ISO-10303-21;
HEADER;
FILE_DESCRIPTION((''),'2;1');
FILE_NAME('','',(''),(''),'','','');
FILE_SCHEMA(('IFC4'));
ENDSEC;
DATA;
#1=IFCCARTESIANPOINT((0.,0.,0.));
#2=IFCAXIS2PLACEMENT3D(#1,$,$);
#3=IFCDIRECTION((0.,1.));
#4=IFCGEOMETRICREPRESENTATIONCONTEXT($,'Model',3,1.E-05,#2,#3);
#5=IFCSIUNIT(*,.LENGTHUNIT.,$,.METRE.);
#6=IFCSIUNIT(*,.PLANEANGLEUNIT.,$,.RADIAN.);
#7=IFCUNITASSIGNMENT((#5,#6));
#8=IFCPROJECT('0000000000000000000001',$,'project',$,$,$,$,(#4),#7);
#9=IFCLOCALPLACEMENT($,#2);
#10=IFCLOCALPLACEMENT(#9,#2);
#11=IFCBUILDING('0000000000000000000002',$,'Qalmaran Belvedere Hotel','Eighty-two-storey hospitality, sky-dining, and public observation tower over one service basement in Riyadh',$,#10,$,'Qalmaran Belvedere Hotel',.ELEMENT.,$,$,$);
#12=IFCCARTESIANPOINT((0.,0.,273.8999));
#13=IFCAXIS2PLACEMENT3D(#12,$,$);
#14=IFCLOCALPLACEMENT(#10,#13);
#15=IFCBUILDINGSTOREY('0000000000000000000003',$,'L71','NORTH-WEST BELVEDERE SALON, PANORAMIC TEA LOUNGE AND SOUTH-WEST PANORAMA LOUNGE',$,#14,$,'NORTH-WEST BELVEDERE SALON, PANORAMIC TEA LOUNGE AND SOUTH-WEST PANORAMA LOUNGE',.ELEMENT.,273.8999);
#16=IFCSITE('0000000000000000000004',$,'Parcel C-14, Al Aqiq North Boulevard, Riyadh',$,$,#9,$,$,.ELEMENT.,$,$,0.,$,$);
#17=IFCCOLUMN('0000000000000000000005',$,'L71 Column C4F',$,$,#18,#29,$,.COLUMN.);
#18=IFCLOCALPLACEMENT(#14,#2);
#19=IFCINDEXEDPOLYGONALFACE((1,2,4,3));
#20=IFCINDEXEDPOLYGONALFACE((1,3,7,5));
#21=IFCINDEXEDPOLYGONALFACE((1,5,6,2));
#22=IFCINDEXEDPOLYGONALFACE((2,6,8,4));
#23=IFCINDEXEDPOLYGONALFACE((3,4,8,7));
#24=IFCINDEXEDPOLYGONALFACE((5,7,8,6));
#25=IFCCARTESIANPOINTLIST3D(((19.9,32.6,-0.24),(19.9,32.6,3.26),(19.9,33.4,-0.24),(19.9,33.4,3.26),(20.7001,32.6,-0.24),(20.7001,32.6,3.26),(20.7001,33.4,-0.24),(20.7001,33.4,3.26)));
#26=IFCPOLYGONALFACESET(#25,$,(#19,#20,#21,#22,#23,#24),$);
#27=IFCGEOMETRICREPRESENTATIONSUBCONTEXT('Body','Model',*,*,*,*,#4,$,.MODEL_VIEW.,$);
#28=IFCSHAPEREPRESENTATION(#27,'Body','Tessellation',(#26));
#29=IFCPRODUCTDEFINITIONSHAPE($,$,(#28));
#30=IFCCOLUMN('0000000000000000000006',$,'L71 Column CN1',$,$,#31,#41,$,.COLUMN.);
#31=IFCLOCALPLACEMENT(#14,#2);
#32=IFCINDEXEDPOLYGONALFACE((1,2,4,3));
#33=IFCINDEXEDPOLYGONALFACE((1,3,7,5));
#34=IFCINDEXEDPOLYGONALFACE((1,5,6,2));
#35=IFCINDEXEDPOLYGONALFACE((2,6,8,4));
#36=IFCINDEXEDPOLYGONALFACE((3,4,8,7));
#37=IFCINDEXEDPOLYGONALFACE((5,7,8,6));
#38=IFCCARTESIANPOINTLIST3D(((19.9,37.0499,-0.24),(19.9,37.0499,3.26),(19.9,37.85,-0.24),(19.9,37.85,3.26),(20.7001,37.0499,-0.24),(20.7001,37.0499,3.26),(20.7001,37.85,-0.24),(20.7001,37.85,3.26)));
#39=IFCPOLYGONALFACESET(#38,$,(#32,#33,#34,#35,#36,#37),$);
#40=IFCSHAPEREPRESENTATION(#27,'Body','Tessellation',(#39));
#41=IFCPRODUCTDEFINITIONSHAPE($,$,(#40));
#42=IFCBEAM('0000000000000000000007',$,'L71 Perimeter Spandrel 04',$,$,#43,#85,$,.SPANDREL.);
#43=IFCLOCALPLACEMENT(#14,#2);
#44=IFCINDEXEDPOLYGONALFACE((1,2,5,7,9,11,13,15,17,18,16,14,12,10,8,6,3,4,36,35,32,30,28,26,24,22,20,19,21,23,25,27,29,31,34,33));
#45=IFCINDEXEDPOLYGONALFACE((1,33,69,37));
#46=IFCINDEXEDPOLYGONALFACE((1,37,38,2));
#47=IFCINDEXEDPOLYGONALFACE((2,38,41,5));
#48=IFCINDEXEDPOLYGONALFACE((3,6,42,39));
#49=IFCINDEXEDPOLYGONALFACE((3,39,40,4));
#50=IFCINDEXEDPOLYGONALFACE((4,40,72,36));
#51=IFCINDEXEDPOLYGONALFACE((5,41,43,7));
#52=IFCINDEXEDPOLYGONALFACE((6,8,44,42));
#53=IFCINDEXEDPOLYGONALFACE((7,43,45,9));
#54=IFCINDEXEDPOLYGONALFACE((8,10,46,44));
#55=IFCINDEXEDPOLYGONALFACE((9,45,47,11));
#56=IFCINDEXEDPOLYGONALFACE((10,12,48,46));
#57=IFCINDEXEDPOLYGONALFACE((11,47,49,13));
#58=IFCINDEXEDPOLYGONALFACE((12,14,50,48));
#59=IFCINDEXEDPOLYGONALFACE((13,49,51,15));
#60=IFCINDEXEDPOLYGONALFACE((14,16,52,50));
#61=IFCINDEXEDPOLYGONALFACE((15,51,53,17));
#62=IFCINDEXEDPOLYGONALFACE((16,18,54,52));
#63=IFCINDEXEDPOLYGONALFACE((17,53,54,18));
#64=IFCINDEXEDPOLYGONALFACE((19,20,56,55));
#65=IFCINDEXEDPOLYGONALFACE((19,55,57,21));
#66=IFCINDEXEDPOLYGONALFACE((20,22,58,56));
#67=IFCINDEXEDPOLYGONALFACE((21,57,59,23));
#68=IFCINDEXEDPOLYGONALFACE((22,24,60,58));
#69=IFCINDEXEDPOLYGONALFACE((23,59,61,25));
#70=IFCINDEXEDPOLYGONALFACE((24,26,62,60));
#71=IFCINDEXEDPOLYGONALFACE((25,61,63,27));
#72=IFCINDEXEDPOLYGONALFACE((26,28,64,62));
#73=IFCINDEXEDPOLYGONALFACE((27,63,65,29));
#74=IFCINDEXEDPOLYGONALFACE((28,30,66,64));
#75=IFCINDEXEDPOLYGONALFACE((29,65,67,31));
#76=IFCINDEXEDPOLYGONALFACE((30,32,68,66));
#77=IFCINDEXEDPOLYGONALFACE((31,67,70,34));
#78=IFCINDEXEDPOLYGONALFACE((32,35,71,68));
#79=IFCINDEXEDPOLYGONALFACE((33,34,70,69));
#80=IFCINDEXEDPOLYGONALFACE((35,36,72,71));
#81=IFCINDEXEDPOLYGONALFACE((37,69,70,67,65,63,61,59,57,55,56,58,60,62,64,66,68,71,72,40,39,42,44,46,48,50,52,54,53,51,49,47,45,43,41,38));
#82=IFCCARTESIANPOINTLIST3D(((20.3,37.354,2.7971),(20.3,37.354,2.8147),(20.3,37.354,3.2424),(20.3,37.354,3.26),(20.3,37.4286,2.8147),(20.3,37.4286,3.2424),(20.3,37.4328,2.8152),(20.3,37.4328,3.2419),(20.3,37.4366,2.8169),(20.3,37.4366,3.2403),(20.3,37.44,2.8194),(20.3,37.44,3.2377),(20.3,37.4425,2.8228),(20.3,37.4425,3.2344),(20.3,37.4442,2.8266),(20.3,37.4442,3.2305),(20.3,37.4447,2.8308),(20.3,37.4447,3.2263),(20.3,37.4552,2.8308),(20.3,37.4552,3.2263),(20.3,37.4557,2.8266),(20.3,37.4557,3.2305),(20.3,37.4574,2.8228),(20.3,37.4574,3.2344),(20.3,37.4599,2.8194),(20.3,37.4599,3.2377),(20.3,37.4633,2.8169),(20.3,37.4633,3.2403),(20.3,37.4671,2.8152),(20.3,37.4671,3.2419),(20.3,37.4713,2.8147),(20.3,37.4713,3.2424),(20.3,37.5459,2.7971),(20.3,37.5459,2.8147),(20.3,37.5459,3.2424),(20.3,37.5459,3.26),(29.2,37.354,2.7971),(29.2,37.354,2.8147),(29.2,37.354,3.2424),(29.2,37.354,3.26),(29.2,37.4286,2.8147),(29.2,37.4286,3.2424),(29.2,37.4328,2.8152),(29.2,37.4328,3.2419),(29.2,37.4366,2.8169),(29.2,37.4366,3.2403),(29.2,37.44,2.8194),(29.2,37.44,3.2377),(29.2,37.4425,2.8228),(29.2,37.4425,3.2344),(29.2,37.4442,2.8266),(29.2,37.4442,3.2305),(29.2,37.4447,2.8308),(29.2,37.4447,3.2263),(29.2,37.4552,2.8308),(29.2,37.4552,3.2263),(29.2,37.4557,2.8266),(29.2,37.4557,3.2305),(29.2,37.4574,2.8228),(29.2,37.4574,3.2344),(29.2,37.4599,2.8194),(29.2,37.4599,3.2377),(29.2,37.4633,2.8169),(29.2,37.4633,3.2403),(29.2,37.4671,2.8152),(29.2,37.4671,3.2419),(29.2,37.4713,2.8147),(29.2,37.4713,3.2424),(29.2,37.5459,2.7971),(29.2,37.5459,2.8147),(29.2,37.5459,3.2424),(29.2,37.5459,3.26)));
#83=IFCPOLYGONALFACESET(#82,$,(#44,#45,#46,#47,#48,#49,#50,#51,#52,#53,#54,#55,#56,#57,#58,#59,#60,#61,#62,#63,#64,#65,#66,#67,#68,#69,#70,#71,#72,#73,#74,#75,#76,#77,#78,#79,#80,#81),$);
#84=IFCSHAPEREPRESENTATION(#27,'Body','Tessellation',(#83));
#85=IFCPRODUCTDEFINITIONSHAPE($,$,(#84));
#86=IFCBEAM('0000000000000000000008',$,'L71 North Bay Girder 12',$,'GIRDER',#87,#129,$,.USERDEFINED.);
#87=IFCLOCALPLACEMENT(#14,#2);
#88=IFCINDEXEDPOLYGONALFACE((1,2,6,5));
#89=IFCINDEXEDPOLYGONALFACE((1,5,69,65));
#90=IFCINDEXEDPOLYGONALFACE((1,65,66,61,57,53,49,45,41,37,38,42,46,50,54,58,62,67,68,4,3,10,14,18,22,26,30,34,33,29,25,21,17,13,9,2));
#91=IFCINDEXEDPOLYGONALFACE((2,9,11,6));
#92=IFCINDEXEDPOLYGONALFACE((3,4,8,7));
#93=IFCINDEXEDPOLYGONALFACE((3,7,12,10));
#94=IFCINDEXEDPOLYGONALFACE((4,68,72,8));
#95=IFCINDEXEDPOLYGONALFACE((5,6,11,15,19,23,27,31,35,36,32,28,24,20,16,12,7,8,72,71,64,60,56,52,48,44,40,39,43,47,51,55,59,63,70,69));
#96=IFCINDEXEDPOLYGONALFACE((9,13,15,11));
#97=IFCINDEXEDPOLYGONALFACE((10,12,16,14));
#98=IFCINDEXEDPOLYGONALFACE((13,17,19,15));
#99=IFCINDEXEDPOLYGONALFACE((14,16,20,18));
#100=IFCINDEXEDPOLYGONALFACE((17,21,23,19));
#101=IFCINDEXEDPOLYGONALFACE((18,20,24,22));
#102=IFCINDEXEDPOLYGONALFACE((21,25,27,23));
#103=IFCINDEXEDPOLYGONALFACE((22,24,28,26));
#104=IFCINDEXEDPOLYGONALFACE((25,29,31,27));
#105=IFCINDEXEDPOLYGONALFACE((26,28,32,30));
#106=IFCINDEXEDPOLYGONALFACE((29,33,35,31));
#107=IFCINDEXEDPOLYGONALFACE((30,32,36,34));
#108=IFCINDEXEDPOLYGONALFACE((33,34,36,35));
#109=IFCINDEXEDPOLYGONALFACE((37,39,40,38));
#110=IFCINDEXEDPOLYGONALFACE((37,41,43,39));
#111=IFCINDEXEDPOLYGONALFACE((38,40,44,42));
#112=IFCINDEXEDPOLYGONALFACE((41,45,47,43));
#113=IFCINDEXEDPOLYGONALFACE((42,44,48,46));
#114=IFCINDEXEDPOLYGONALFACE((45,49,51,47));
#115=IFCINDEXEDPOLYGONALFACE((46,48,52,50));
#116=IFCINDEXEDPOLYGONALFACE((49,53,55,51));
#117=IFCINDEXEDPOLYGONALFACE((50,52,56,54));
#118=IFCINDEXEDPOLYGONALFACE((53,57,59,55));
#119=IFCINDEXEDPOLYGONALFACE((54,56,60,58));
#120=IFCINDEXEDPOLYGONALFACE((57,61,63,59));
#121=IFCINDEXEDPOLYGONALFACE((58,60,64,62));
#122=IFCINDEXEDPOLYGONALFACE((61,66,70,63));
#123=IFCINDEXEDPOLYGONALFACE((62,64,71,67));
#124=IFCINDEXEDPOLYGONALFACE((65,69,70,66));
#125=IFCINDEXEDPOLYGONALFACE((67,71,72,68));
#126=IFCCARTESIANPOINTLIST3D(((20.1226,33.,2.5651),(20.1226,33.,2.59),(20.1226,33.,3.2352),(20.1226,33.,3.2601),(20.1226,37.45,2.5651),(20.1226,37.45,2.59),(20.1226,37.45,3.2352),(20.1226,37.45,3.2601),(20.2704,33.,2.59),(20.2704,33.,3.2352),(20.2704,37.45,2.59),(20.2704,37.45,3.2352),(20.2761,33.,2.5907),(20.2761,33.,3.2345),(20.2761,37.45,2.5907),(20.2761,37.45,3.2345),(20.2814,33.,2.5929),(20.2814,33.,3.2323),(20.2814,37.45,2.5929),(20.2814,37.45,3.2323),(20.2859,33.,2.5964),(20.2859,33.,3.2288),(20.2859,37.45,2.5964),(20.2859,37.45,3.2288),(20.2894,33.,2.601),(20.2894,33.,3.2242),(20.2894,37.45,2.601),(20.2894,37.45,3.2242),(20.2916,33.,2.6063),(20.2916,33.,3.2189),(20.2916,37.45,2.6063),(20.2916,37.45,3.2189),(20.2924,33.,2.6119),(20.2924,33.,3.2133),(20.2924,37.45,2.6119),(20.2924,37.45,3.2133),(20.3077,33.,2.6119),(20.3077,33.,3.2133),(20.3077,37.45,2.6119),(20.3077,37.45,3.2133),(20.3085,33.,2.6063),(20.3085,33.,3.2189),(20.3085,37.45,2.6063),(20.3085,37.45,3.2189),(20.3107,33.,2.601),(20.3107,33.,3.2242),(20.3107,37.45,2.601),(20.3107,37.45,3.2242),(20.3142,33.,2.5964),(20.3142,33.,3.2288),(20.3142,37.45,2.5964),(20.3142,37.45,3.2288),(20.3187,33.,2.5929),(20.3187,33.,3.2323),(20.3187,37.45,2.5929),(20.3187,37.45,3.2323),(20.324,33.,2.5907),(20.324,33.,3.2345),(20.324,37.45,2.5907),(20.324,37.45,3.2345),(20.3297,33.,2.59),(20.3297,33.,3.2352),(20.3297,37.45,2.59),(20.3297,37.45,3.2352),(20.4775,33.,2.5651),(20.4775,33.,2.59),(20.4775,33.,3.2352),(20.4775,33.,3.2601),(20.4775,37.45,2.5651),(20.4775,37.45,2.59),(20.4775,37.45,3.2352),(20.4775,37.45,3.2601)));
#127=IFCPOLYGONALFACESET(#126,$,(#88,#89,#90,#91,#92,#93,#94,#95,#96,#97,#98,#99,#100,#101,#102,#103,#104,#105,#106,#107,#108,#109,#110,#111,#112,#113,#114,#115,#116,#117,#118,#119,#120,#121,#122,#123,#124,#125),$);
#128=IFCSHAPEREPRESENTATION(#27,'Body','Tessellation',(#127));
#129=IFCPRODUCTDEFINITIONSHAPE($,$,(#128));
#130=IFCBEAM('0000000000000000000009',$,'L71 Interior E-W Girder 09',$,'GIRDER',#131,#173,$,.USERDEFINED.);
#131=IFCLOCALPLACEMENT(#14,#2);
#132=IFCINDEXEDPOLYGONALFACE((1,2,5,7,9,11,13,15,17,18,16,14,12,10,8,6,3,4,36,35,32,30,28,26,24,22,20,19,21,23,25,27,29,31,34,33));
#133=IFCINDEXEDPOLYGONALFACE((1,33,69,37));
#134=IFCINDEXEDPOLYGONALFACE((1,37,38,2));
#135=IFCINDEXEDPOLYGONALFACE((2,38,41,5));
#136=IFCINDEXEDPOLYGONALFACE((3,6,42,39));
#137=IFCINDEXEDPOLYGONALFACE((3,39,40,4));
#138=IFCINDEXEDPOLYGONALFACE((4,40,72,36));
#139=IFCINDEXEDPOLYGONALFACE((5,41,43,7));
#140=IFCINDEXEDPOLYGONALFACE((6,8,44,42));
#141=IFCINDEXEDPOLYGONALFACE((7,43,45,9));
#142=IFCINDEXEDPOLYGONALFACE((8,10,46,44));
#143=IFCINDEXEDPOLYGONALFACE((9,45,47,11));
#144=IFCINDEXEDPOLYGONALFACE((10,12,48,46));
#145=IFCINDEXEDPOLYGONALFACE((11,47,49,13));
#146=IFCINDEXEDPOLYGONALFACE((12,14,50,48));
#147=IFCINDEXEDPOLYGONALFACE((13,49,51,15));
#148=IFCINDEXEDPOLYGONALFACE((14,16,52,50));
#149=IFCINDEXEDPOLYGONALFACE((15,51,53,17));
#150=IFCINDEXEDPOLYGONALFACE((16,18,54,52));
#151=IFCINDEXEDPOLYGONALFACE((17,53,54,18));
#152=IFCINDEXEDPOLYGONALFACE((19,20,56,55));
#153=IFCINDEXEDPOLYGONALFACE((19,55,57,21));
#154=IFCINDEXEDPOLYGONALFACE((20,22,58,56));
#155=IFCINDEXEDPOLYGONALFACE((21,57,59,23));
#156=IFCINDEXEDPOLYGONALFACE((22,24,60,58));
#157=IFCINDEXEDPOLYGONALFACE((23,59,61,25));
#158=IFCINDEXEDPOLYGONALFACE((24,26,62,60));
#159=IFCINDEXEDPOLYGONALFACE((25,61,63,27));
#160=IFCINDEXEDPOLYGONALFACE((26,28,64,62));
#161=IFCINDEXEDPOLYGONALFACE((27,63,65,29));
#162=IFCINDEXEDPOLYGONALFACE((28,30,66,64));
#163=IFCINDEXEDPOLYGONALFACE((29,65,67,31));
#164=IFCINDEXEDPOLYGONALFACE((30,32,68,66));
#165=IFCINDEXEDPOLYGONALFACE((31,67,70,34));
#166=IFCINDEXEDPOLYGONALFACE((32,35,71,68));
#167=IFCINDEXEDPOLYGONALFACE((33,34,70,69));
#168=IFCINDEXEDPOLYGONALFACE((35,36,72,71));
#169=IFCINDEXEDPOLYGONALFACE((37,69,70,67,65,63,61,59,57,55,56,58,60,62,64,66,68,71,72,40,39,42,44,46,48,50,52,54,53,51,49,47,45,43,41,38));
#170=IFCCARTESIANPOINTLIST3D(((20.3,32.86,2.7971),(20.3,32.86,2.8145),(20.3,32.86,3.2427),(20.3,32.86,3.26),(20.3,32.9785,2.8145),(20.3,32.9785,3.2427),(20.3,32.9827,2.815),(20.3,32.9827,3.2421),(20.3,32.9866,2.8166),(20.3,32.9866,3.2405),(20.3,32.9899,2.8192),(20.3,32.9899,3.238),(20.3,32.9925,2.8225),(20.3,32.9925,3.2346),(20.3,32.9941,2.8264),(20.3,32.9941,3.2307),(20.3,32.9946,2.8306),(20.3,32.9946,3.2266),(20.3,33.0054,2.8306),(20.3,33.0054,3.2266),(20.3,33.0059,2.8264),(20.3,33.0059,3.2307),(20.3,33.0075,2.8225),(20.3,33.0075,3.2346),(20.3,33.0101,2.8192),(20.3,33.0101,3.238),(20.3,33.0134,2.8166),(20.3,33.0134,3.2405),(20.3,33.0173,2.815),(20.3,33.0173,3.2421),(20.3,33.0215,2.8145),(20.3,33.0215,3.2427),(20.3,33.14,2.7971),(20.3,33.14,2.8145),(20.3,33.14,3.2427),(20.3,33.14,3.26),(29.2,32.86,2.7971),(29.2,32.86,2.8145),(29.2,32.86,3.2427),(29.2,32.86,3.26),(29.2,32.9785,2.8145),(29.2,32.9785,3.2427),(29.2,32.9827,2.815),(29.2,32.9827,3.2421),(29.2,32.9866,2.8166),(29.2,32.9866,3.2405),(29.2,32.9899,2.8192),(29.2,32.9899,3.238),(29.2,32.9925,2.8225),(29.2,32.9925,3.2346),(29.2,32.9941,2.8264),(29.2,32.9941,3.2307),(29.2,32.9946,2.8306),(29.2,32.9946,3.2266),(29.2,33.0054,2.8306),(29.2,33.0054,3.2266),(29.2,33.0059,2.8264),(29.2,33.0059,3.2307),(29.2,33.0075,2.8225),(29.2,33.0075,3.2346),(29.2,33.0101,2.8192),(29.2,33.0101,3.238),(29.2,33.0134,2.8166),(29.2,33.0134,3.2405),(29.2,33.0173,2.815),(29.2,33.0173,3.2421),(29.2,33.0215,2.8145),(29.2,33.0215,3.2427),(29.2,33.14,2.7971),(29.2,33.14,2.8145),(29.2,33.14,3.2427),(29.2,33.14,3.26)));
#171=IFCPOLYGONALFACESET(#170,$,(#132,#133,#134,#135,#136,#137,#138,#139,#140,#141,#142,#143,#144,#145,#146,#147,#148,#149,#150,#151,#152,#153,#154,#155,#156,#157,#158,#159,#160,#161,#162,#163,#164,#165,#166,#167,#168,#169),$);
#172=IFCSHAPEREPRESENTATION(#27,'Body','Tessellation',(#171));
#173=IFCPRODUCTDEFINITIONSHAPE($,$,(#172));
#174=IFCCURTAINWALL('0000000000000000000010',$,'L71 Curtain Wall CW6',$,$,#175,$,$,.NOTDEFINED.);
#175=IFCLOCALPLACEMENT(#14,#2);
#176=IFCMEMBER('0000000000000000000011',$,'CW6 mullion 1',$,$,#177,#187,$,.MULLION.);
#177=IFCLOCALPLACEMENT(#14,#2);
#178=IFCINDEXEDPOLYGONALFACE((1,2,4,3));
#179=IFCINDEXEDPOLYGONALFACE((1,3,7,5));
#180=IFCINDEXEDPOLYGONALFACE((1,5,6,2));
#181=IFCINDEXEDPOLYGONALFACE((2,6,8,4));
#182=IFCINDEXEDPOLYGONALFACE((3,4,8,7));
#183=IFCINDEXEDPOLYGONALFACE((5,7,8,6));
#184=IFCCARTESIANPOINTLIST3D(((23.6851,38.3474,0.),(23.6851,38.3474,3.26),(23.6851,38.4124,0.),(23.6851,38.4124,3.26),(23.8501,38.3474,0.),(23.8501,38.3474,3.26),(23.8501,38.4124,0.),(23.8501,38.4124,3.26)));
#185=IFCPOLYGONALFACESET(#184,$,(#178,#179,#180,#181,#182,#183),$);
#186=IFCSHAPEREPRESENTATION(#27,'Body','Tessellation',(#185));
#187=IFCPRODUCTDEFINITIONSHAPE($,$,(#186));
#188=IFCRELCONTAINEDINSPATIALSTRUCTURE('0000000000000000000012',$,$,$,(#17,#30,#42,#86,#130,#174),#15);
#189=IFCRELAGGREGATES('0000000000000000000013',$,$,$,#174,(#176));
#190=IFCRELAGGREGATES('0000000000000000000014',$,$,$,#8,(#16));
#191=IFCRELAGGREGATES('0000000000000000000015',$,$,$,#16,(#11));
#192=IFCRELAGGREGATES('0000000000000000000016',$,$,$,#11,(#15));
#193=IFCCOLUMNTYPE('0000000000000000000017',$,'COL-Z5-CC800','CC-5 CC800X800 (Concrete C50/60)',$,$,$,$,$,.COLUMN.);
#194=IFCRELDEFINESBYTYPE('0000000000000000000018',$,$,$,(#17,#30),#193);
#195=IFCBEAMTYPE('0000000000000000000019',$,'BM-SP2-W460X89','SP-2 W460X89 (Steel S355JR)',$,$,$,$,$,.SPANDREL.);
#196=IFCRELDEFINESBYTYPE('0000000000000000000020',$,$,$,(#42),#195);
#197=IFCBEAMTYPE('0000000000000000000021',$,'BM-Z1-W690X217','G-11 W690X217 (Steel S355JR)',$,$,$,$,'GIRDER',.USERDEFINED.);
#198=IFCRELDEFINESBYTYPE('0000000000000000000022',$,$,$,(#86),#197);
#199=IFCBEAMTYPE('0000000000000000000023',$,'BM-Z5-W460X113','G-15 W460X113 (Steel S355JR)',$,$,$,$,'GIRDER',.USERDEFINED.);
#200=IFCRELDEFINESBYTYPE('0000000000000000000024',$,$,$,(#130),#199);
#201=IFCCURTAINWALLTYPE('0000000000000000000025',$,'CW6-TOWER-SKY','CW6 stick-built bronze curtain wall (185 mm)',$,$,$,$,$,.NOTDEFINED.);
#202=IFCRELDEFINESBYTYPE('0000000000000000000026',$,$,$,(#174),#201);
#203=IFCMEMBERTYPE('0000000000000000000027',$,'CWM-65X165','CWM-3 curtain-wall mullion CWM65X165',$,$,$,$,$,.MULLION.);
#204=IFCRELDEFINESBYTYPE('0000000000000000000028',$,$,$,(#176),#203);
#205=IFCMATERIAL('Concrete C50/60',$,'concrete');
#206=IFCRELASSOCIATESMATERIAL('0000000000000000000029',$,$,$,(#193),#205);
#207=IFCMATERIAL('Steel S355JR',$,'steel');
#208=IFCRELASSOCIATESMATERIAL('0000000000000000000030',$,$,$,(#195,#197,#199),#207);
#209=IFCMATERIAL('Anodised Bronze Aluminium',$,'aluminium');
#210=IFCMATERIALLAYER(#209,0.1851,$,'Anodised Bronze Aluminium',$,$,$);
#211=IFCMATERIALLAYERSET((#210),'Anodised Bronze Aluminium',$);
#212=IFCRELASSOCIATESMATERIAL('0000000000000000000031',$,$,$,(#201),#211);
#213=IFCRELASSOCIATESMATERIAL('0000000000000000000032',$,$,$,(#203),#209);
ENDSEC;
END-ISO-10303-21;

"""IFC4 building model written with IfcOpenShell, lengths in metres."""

from ifc_helpers import new_model, si_unit, direction, frame, origin, origin_2d, place, context, subcontext, project, spatial, rectangle, i_section, extrude, material, layer, layer_set, material_profile, profile_set, type_object, element, aggregate, save


model = new_model("IFC4")

# Units and contexts
model_context = context("Model", 3, precision=1e-05, world=origin(), true_north=direction((0.0, 1.0)))
body_context = subcontext(model_context, "Body", "Model", "MODEL_VIEW")
ifc_project = project(units=[si_unit("LENGTHUNIT", "METRE"), si_unit("PLANEANGLEUNIT", "RADIAN")], contexts=[model_context])

# Site, building, storey
site_placement = place(None, origin())
site = spatial("IfcSite", under=ifc_project, at=site_placement, Name="Parcel C-14, Al Aqiq North Boulevard, Riyadh", CompositionType="ELEMENT", RefElevation=0.0)
building_placement = place(site_placement, origin())
building = spatial("IfcBuilding", under=site, at=building_placement, Name="Qalmaran Belvedere Hotel", Description="Eighty-two-storey hospitality, sky-dining, and public observation tower over one service basement in Riyadh", LongName="Qalmaran Belvedere Hotel", CompositionType="ELEMENT")
storey_placement = place(building_placement, frame((0.0, 0.0, 273.8999)))
storey = spatial("IfcBuildingStorey", under=building, at=storey_placement, Name="L71", Description="NORTH-WEST BELVEDERE SALON, PANORAMIC TEA LOUNGE AND SOUTH-WEST PANORAMA LOUNGE", LongName="NORTH-WEST BELVEDERE SALON, PANORAMIC TEA LOUNGE AND SOUTH-WEST PANORAMA LOUNGE", CompositionType="ELEMENT", Elevation=273.8999)

# Columns
ifc_material_1 = material(Name="Concrete C50/60", Category="concrete")
ifc_material_profile_1 = material_profile(ifc_material_1, rectangle(XDim=0.8, YDim=0.8, at=origin_2d()), Name="CC800X800")
ifc_profile_set_1 = profile_set([ifc_material_profile_1], Name="Concrete C50/60")
column_type = type_object("IfcColumnType", Name="COL-Z5-CC800", Description="CC-5 CC800X800 (Concrete C50/60)", PredefinedType="COLUMN", material=ifc_profile_set_1)
for number, where, z_axis, x_axis, name in (
    (1, (20.3, 33.0, -0.24), (0.0, 0.0, 1.0), (1.0, 0.0, 0.0), "L71 Column C4F"),
    (2, (20.3, 37.45, -0.24), (0.0, 0.0, 1.0), (1.0, 0.0, 0.0), "L71 Column CN1"),
):
    element("IfcColumn", number, at=place(storey_placement, frame(where, z_axis=z_axis, x_axis=x_axis)), inside=storey, type_object=column_type, Name=name, PredefinedType="COLUMN", context=body_context, shape_type="SweptSolid", body=[
        extrude(rectangle(XDim=0.8, YDim=0.8, at=origin_2d()), origin(), (0.0, 0.0, 1.0), 3.5),
    ])

# Beams
ifc_material_2 = material(Name="Steel S355JR", Category="steel")
ifc_material_profile_2 = material_profile(ifc_material_2, i_section(OverallWidth=0.1919, OverallDepth=0.4629, WebThickness=0.0105, FlangeThickness=0.0176, FilletRadius=0.0161, at=origin_2d()), Name="W460X89")
ifc_profile_set_2 = profile_set([ifc_material_profile_2], Name="Steel S355JR")
beam_type_1 = type_object("IfcBeamType", Name="BM-SP2-W460X89", Description="SP-2 W460X89 (Steel S355JR)", PredefinedType="SPANDREL", material=ifc_profile_set_2)
beam_1_placement = place(storey_placement, frame((20.3, 37.45, 3.0286), z_axis=(1.0, 0.0, 0.0), x_axis=(0.0, 1.0, 0.0)))
element("IfcBeam", 3, at=beam_1_placement, inside=storey, type_object=beam_type_1, Name="L71 Perimeter Spandrel 04", PredefinedType="SPANDREL", context=body_context, shape_type="SweptSolid", body=[
    extrude(i_section(OverallWidth=0.1919, OverallDepth=0.4629, WebThickness=0.0105, FlangeThickness=0.0176, FilletRadius=0.0161, at=origin_2d()), origin(), (0.0, 0.0, 1.0), 8.8999),
])
ifc_material_profile_3 = material_profile(ifc_material_2, i_section(OverallWidth=0.355, OverallDepth=0.6951, WebThickness=0.0154, FlangeThickness=0.0249, FilletRadius=0.022, at=origin_2d()), Name="W690X217")
ifc_profile_set_3 = profile_set([ifc_material_profile_3], Name="Steel S355JR")
beam_type_2 = type_object("IfcBeamType", Name="BM-Z1-W690X217", Description="G-11 W690X217 (Steel S355JR)", ElementType="GIRDER", PredefinedType="USERDEFINED", material=ifc_profile_set_3)
beam_2_placement = place(storey_placement, frame((20.3, 33.0, 2.9126), z_axis=(0.0, 1.0, 0.0), x_axis=(-1.0, 0.0, 0.0)))
element("IfcBeam", 4, at=beam_2_placement, inside=storey, type_object=beam_type_2, Name="L71 North Bay Girder 12", ObjectType="GIRDER", PredefinedType="USERDEFINED", context=body_context, shape_type="SweptSolid", body=[
    extrude(i_section(OverallWidth=0.355, OverallDepth=0.6951, WebThickness=0.0154, FlangeThickness=0.0249, FilletRadius=0.022, at=origin_2d()), origin(), (0.0, 0.0, 1.0), 4.45),
])
ifc_material_profile_4 = material_profile(ifc_material_2, i_section(OverallWidth=0.28, OverallDepth=0.4629, WebThickness=0.0107, FlangeThickness=0.0173, FilletRadius=0.0161, at=origin_2d()), Name="W460X113")
ifc_profile_set_4 = profile_set([ifc_material_profile_4], Name="Steel S355JR")
beam_type_3 = type_object("IfcBeamType", Name="BM-Z5-W460X113", Description="G-15 W460X113 (Steel S355JR)", ElementType="GIRDER", PredefinedType="USERDEFINED", material=ifc_profile_set_4)
beam_3_placement = place(storey_placement, frame((20.3, 33.0, 3.0286), z_axis=(1.0, 0.0, 0.0), x_axis=(0.0, 1.0, 0.0)))
element("IfcBeam", 5, at=beam_3_placement, inside=storey, type_object=beam_type_3, Name="L71 Interior E-W Girder 09", ObjectType="GIRDER", PredefinedType="USERDEFINED", context=body_context, shape_type="SweptSolid", body=[
    extrude(i_section(OverallWidth=0.28, OverallDepth=0.4629, WebThickness=0.0107, FlangeThickness=0.0173, FilletRadius=0.0161, at=origin_2d()), origin(), (0.0, 0.0, 1.0), 8.8999),
])

# Curtain wall, member
ifc_material_3 = material(Name="Anodised Bronze Aluminium", Category="aluminium")
ifc_layer_1 = layer(ifc_material_3, 0.1851, Name="Anodised Bronze Aluminium")
ifc_layer_set_1 = layer_set([ifc_layer_1], Name="Anodised Bronze Aluminium")
curtain_wall_type = type_object("IfcCurtainWallType", Name="CW6-TOWER-SKY", Description="CW6 stick-built bronze curtain wall (185 mm)", PredefinedType="NOTDEFINED", material=ifc_layer_set_1)
curtain_wall_1_placement = place(storey_placement, origin())
curtain_wall_1 = element("IfcCurtainWall", 6, at=curtain_wall_1_placement, inside=storey, type_object=curtain_wall_type, Name="L71 Curtain Wall CW6", PredefinedType="NOTDEFINED")
ifc_material_profile_5 = material_profile(ifc_material_3, rectangle(XDim=0.0649, YDim=0.165, at=origin_2d()), Name="CWM65X165")
ifc_profile_set_5 = profile_set([ifc_material_profile_5], Name="Anodised Bronze Aluminium")
member_type_1 = type_object("IfcMemberType", Name="CWM-65X165", Description="CWM-3 curtain-wall mullion CWM65X165", PredefinedType="MULLION", material=ifc_profile_set_5)
member_1_placement = place(storey_placement, frame((23.7676, 38.3799, 0.0), z_axis=(0.0, 0.0, 1.0), x_axis=(0.0, -1.0, 0.0)))
member_1 = element("IfcMember", 7, at=member_1_placement, type_object=member_type_1, Name="CW6 mullion 1", PredefinedType="MULLION", context=body_context, shape_type="SweptSolid", body=[
    extrude(rectangle(XDim=0.0649, YDim=0.165, at=origin_2d()), origin(), (0.0, 0.0, 1.0), 3.26),
])

aggregate(curtain_wall_1, [member_1])

save(model, "model.ifc")
